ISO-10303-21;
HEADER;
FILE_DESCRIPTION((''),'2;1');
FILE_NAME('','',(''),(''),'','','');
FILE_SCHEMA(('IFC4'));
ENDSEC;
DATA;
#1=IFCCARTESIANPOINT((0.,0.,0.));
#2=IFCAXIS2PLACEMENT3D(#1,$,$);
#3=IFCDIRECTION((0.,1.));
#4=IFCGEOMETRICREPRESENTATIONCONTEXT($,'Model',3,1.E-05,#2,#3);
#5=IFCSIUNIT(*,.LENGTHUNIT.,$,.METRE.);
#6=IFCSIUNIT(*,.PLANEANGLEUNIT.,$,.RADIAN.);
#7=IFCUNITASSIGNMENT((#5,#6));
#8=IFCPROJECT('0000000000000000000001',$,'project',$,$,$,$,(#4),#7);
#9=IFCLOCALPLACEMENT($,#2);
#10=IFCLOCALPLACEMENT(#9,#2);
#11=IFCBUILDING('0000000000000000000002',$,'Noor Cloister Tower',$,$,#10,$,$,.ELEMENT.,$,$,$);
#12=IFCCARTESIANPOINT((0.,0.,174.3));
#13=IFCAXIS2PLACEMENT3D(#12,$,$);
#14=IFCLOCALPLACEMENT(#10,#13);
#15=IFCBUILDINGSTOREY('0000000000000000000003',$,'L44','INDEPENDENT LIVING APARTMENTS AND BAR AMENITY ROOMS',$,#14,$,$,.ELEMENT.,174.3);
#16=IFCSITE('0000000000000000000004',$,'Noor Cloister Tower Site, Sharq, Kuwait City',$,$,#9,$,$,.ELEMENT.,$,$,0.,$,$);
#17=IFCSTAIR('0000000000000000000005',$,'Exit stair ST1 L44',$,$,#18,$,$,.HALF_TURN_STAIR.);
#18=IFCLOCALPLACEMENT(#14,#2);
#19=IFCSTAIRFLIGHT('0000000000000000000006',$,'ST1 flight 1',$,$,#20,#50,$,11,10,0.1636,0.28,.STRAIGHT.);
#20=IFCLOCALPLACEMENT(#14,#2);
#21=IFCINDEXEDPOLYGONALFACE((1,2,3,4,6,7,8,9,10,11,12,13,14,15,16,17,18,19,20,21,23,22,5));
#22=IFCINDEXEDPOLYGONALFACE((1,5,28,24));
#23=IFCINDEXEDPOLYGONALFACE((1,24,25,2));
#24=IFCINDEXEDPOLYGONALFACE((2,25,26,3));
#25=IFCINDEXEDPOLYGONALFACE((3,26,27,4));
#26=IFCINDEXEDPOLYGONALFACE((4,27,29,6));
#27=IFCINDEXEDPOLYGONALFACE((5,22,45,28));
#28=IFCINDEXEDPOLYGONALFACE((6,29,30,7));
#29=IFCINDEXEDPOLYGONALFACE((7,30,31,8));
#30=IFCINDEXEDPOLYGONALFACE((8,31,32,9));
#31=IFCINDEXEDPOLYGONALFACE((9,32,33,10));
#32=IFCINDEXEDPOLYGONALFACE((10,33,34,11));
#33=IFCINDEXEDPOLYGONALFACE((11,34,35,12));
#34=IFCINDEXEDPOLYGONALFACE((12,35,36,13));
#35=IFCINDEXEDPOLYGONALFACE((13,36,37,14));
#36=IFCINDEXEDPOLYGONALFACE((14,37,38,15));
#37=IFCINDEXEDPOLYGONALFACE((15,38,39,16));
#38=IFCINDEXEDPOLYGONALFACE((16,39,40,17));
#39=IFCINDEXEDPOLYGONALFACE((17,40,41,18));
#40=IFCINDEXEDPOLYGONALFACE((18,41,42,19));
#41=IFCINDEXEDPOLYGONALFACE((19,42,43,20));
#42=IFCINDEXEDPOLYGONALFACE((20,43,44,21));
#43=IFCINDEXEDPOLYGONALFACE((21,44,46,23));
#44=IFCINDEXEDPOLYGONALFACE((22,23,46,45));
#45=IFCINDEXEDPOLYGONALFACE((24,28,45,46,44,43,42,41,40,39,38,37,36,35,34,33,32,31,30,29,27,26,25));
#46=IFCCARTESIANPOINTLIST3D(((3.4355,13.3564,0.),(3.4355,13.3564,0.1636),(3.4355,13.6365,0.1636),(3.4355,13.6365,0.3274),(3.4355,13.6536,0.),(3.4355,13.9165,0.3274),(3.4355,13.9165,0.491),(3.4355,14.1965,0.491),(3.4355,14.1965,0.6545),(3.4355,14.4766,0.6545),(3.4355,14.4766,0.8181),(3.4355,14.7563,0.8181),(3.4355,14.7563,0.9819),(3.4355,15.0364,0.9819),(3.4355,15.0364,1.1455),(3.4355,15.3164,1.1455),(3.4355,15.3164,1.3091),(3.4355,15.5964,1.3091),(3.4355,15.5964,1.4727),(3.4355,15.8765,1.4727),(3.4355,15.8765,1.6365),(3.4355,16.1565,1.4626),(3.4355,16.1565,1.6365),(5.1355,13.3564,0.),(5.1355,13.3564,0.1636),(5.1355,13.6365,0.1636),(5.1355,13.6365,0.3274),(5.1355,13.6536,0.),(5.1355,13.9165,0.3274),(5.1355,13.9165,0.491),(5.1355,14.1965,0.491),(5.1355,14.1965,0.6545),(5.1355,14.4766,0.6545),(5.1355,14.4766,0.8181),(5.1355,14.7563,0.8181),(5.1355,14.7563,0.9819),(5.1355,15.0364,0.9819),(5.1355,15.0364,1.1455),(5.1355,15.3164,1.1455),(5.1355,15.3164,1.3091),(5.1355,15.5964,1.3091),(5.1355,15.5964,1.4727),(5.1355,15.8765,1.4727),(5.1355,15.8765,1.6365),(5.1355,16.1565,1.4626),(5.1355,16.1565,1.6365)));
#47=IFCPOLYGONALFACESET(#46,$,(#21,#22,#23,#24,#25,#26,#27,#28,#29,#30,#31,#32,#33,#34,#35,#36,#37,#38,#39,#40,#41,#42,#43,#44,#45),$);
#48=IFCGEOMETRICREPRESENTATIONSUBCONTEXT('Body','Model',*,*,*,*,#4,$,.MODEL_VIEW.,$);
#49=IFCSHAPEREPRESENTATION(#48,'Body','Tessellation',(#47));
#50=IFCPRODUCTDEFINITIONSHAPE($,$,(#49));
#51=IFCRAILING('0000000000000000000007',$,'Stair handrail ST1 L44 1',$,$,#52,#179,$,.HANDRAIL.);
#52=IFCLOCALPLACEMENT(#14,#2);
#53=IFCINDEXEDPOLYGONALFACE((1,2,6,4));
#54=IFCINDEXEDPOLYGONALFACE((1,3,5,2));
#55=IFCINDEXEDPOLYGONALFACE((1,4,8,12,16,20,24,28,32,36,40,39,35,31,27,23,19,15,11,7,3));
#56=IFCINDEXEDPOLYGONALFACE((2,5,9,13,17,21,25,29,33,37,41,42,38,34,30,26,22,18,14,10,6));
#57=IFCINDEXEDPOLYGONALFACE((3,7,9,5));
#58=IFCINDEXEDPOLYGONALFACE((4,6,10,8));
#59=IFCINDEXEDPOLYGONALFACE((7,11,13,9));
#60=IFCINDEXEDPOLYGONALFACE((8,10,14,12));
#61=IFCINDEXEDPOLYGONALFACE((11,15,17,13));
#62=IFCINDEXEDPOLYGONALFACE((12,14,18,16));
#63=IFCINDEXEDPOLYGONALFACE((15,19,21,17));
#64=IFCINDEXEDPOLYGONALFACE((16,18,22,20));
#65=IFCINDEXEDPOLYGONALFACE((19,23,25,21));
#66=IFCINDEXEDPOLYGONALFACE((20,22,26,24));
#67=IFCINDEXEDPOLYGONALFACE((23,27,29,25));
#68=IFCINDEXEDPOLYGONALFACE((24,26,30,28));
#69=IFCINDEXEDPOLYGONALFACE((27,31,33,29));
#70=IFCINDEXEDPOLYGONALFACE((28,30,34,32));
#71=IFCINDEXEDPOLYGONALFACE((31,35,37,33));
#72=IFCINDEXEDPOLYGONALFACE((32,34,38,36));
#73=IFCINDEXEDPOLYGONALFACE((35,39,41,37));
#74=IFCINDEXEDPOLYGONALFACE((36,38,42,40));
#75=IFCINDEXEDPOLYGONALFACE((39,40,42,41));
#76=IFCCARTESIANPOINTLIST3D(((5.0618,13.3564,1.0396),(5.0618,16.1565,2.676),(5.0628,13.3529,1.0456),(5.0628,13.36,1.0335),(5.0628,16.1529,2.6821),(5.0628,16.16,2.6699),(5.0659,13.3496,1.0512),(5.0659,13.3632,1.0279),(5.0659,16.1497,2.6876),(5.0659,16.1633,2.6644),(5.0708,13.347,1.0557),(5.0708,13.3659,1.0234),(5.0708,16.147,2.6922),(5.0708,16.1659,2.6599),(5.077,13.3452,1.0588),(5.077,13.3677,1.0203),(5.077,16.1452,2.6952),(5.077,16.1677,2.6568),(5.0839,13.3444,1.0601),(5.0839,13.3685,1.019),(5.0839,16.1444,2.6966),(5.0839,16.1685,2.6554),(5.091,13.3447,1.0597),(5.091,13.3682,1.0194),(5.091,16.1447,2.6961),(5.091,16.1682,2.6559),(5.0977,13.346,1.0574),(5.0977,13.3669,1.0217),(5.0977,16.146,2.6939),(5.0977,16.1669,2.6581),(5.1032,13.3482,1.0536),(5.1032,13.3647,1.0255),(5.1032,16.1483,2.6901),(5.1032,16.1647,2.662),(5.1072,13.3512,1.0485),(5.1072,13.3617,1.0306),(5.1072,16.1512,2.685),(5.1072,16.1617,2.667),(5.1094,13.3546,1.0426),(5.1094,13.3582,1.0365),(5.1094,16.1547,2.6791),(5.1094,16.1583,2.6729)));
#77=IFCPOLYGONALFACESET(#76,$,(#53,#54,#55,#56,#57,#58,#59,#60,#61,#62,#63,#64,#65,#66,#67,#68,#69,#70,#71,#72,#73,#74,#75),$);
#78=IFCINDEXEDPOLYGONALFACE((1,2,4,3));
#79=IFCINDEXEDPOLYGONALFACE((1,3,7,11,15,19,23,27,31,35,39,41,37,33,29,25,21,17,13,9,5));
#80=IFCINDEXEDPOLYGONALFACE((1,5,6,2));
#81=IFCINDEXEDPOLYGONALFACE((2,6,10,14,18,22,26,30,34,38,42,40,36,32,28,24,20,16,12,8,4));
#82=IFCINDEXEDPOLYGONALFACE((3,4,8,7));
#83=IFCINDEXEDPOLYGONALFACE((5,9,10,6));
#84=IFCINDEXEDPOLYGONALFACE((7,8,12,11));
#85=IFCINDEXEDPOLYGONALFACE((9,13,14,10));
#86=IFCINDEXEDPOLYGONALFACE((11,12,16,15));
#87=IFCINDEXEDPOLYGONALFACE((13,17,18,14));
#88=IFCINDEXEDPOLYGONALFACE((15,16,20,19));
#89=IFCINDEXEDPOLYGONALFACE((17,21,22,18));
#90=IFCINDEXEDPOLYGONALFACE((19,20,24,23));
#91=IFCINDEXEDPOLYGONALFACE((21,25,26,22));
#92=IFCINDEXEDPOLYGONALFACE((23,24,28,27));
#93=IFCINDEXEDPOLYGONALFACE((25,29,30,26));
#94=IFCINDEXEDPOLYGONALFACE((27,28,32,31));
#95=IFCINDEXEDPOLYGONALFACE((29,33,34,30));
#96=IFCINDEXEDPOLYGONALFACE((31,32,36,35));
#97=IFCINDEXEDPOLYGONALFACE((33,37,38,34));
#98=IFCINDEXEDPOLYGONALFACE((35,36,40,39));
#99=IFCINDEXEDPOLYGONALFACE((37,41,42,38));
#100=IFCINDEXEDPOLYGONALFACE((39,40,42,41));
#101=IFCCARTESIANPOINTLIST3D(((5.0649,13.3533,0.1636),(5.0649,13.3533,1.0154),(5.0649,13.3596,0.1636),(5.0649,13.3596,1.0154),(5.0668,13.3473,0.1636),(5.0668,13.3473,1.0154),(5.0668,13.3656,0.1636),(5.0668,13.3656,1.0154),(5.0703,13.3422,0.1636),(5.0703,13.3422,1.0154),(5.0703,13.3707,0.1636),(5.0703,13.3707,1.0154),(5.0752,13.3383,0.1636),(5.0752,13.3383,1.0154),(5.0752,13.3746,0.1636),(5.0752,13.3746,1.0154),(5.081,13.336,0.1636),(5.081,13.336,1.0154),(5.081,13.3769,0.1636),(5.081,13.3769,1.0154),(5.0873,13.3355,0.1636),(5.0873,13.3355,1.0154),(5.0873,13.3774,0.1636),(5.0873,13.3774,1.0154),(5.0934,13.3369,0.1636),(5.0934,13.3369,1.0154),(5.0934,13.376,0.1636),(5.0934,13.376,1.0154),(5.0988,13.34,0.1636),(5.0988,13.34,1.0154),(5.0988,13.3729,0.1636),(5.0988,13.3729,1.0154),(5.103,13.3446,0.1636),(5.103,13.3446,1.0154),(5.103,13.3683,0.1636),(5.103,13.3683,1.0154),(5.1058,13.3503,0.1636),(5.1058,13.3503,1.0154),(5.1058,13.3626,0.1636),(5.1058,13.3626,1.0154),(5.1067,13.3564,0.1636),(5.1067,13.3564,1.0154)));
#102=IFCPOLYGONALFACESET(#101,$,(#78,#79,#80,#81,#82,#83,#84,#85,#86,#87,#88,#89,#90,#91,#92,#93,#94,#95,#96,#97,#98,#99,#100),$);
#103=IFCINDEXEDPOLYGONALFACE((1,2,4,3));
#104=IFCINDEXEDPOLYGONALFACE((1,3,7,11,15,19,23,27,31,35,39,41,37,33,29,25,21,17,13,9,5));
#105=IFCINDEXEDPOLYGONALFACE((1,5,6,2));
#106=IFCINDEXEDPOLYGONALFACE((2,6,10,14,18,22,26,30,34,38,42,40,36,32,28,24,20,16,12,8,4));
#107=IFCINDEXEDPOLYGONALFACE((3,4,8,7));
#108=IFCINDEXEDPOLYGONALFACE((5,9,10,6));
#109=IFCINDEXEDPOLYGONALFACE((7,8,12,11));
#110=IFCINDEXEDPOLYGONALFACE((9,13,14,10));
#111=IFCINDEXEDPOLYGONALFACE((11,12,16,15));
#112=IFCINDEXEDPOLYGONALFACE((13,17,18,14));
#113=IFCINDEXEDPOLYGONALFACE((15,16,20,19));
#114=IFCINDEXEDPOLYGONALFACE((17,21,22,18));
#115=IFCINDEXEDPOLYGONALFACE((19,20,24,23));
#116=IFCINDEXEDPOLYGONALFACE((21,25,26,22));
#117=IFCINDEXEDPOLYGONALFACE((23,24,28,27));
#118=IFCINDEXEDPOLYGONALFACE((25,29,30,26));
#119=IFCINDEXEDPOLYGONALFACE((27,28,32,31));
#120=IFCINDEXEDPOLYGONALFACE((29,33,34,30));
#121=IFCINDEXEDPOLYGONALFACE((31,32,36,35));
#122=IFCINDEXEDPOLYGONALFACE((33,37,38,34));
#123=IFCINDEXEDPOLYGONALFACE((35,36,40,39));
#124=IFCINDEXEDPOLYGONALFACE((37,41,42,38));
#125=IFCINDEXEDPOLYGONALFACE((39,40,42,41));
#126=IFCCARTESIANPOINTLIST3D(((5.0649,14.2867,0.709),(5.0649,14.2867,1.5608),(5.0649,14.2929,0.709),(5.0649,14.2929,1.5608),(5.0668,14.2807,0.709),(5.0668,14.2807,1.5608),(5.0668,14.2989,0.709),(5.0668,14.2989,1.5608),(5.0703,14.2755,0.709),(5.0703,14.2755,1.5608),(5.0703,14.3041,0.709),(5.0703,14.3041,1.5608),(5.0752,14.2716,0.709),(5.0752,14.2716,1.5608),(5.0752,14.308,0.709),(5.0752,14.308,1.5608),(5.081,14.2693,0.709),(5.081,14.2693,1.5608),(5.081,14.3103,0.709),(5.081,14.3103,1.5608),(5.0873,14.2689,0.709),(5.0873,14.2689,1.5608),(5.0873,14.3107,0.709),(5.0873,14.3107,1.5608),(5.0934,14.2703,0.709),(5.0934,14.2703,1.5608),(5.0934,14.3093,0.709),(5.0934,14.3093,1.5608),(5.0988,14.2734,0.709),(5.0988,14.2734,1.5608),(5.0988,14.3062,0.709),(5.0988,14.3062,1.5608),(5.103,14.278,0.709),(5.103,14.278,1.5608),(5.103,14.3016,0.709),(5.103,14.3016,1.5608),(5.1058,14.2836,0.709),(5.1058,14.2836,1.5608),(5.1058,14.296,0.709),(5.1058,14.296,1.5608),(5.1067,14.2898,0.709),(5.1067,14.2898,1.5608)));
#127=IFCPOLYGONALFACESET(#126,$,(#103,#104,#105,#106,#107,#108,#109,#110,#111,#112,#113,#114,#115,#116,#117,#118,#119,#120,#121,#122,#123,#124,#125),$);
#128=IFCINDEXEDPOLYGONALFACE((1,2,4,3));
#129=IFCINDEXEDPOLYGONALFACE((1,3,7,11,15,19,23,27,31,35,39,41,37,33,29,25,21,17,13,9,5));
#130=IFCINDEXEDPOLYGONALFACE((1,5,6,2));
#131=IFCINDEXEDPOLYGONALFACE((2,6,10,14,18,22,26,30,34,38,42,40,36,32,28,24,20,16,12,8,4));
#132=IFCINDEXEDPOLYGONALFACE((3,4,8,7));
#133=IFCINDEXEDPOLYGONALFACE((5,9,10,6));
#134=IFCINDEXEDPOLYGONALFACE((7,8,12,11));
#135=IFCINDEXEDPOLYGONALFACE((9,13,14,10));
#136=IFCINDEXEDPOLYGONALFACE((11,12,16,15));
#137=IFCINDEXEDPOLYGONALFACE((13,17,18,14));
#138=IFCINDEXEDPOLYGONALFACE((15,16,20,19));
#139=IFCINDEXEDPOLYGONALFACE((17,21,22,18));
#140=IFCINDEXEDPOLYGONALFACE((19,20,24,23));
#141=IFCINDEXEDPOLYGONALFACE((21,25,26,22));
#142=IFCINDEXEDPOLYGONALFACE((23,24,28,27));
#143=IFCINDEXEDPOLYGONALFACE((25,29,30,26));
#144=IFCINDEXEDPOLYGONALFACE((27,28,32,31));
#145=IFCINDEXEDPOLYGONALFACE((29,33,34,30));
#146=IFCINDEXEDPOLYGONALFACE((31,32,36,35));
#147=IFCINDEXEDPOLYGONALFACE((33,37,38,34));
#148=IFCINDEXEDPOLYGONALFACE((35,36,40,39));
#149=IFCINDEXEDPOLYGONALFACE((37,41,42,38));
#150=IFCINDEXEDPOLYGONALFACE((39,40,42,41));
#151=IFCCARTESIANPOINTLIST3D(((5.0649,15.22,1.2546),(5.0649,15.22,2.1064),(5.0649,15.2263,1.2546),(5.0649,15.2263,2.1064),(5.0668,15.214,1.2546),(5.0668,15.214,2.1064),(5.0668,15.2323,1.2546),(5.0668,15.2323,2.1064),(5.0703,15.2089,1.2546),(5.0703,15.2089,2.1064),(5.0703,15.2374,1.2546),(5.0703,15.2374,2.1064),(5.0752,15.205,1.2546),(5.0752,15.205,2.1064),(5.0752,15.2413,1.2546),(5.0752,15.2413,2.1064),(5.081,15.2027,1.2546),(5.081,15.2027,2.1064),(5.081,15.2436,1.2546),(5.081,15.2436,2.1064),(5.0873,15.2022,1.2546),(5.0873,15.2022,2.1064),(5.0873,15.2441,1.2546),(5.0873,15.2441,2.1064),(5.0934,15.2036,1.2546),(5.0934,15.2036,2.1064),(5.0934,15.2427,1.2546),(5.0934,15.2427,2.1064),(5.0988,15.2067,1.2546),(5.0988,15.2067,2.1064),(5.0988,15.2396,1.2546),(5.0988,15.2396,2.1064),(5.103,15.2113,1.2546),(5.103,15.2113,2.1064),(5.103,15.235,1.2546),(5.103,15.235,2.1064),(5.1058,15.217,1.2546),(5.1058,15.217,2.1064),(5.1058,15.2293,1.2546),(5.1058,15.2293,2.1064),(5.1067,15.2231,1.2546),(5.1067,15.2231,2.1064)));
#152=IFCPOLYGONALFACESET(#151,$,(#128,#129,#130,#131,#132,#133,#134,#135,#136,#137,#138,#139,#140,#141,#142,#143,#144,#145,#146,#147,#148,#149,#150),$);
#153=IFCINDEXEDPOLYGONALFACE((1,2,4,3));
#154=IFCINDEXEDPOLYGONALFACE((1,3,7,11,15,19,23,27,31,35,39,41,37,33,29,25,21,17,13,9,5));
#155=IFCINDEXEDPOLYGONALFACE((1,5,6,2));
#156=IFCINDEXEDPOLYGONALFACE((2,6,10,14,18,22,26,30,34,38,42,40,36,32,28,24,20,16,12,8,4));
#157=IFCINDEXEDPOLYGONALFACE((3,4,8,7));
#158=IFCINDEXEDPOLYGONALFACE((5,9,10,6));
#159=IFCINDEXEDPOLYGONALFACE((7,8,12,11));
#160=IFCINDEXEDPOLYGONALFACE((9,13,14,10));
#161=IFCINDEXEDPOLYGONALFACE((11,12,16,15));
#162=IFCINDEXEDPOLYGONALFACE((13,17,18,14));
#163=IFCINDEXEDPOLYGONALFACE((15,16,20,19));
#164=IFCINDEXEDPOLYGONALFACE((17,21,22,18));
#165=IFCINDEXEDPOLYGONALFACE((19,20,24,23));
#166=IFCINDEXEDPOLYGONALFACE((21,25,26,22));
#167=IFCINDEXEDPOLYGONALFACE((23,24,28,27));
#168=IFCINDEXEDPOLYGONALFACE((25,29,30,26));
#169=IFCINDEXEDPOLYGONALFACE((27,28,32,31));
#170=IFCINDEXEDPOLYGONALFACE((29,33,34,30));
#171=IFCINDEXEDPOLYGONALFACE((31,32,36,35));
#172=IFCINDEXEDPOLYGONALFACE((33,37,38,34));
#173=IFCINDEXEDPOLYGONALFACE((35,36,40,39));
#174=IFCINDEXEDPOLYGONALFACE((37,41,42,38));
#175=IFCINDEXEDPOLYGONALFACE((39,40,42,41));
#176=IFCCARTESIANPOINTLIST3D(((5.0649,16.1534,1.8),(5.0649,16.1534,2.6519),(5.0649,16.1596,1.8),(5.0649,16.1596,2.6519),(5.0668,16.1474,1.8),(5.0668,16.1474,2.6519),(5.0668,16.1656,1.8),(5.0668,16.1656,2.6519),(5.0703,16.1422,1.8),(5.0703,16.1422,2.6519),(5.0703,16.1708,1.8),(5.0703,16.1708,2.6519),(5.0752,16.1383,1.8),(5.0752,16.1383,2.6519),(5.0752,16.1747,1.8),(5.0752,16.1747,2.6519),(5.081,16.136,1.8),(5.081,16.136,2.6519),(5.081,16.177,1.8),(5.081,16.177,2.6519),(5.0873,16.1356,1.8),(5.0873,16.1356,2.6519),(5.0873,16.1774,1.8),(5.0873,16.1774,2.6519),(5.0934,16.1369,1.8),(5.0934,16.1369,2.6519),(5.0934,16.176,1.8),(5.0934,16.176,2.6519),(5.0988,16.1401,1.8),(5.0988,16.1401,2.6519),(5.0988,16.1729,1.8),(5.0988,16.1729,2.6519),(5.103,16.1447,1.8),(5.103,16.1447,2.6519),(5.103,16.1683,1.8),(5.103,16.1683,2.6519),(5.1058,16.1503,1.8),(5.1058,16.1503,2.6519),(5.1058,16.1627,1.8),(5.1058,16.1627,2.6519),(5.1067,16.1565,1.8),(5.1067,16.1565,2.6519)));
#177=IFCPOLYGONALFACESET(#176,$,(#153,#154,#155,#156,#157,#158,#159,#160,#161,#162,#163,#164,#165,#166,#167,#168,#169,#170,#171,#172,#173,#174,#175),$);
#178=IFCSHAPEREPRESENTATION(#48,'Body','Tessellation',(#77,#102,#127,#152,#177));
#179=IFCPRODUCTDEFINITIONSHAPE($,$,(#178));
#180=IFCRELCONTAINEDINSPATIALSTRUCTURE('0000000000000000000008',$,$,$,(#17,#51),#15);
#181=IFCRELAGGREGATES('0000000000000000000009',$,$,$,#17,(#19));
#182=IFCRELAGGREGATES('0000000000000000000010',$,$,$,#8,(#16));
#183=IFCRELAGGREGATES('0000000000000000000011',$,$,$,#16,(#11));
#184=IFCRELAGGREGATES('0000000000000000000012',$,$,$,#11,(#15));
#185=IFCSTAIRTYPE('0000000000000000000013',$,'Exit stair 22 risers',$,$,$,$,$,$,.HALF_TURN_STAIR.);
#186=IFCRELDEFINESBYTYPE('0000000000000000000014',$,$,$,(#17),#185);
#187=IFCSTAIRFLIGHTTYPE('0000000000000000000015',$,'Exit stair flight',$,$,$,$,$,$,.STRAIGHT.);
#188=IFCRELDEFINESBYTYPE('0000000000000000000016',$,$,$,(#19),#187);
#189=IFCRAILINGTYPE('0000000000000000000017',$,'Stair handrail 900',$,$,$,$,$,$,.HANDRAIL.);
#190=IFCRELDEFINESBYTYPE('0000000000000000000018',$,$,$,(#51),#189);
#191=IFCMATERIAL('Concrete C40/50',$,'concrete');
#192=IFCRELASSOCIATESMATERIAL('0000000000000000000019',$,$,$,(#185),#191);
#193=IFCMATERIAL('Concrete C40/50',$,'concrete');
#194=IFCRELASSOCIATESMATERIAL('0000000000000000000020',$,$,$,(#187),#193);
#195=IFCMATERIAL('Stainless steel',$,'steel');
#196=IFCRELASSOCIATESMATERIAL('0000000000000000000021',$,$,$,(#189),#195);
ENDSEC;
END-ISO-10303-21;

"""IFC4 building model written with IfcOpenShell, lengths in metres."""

from ifc_helpers import new_model, si_unit, direction, frame, origin, origin_2d, place, context, subcontext, project, spatial, polyline, circle, outline, extrude, material, type_object, element, aggregate, save


model = new_model("IFC4")

# Units and contexts
model_context = context("Model", 3, precision=1e-05, world=origin(), true_north=direction((0.0, 1.0)))
body_context = subcontext(model_context, "Body", "Model", "MODEL_VIEW")
ifc_project = project(units=[si_unit("LENGTHUNIT", "METRE"), si_unit("PLANEANGLEUNIT", "RADIAN")], contexts=[model_context])

# Site, building, storey
site_placement = place(None, origin())
site = spatial("IfcSite", under=ifc_project, at=site_placement, Name="Noor Cloister Tower Site, Sharq, Kuwait City", CompositionType="ELEMENT", RefElevation=0.0)
building_placement = place(site_placement, origin())
building = spatial("IfcBuilding", under=site, at=building_placement, Name="Noor Cloister Tower", CompositionType="ELEMENT")
storey_placement = place(building_placement, frame((0.0, 0.0, 174.3)))
storey = spatial("IfcBuildingStorey", under=building, at=storey_placement, Name="L44", Description="INDEPENDENT LIVING APARTMENTS AND BAR AMENITY ROOMS", CompositionType="ELEMENT", Elevation=174.3)

# Stair, stair flight
ifc_material_1 = material(Name="Concrete C40/50", Category="concrete")
stair_type = type_object("IfcStairType", Name="Exit stair 22 risers", PredefinedType="HALF_TURN_STAIR", material=ifc_material_1)
stair_placement = place(storey_placement, origin())
stair = element("IfcStair", 1, at=stair_placement, inside=storey, type_object=stair_type, Name="Exit stair ST1 L44", PredefinedType="HALF_TURN_STAIR")
ifc_material_2 = material(Name="Concrete C40/50", Category="concrete")
stair_flight_type = type_object("IfcStairFlightType", Name="Exit stair flight", PredefinedType="STRAIGHT", material=ifc_material_2)
stair_flight_placement = place(storey_placement, frame((4.2856, 13.3564, 0.0), z_axis=(0.0, 0.0, 1.0), x_axis=(0.0, 1.0, 0.0)))
stair_flight = element("IfcStairFlight", 2, at=stair_flight_placement, type_object=stair_flight_type, Name="ST1 flight 1", NumberOfRisers=11, NumberOfTreads=10, PredefinedType="STRAIGHT", RiserHeight=0.1636, TreadLength=0.28, context=body_context, shape_type="SweptSolid", body=[
    extrude(outline(polyline([(0.0, 0.0), (0.0, 0.1636), (0.28, 0.1636), (0.28, 0.3274), (0.5601, 0.3274), (0.5601, 0.491), (0.8401, 0.491), (0.8401, 0.6545), (1.1201, 0.6545), (1.1201, 0.8181), (1.3999, 0.8181), (1.3999, 0.9819), (1.6799, 0.9819), (1.6799, 1.1455), (1.96, 1.1455), (1.96, 1.3091), (2.24, 1.3091), (2.24, 1.4727), (2.52, 1.4727), (2.52, 1.6365), (2.8, 1.6365), (2.8, 1.8), (2.8, 1.4626), (0.2971, 0.0), (0.0, 0.0)])), frame((0.0, 0.8501, 0.0), z_axis=(0.0, -1.0, 0.0), x_axis=(1.0, 0.0, 0.0)), (0.0, 0.0, 1.0), 1.7),
])
aggregate(stair, [stair_flight])

# Railing
ifc_material_3 = material(Name="Stainless steel", Category="steel")
railing_type_1 = type_object("IfcRailingType", Name="Stair handrail 900", PredefinedType="HANDRAIL", material=ifc_material_3)
railing_1_placement = place(storey_placement, frame((5.0857, 13.3564, 0.1636)))
element("IfcRailing", 3, at=railing_1_placement, inside=storey, type_object=railing_type_1, Name="Stair handrail ST1 L44 1", PredefinedType="HANDRAIL", context=body_context, shape_type="SweptSolid", body=[
    extrude(circle(Radius=0.0239, at=origin_2d()), frame((0.0, 0.0, 0.876), z_axis=(0.0, 0.863361, 0.504587), x_axis=(-1.0, 0.0, 0.0)), (0.0, 0.0, 1.0), 3.2432),
    extrude(circle(Radius=0.021, at=origin_2d()), origin(), (0.0, 0.0, 1.0), 0.8518),
    extrude(circle(Radius=0.021, at=origin_2d()), frame((0.0, 0.9333, 0.5454)), (0.0, 0.0, 1.0), 0.8518),
    extrude(circle(Radius=0.021, at=origin_2d()), frame((0.0, 1.8667, 1.0911)), (0.0, 0.0, 1.0), 0.8518),
    extrude(circle(Radius=0.021, at=origin_2d()), frame((0.0, 2.8, 1.6365)), (0.0, 0.0, 1.0), 0.8518),
])

save(model, "model.ifc")
